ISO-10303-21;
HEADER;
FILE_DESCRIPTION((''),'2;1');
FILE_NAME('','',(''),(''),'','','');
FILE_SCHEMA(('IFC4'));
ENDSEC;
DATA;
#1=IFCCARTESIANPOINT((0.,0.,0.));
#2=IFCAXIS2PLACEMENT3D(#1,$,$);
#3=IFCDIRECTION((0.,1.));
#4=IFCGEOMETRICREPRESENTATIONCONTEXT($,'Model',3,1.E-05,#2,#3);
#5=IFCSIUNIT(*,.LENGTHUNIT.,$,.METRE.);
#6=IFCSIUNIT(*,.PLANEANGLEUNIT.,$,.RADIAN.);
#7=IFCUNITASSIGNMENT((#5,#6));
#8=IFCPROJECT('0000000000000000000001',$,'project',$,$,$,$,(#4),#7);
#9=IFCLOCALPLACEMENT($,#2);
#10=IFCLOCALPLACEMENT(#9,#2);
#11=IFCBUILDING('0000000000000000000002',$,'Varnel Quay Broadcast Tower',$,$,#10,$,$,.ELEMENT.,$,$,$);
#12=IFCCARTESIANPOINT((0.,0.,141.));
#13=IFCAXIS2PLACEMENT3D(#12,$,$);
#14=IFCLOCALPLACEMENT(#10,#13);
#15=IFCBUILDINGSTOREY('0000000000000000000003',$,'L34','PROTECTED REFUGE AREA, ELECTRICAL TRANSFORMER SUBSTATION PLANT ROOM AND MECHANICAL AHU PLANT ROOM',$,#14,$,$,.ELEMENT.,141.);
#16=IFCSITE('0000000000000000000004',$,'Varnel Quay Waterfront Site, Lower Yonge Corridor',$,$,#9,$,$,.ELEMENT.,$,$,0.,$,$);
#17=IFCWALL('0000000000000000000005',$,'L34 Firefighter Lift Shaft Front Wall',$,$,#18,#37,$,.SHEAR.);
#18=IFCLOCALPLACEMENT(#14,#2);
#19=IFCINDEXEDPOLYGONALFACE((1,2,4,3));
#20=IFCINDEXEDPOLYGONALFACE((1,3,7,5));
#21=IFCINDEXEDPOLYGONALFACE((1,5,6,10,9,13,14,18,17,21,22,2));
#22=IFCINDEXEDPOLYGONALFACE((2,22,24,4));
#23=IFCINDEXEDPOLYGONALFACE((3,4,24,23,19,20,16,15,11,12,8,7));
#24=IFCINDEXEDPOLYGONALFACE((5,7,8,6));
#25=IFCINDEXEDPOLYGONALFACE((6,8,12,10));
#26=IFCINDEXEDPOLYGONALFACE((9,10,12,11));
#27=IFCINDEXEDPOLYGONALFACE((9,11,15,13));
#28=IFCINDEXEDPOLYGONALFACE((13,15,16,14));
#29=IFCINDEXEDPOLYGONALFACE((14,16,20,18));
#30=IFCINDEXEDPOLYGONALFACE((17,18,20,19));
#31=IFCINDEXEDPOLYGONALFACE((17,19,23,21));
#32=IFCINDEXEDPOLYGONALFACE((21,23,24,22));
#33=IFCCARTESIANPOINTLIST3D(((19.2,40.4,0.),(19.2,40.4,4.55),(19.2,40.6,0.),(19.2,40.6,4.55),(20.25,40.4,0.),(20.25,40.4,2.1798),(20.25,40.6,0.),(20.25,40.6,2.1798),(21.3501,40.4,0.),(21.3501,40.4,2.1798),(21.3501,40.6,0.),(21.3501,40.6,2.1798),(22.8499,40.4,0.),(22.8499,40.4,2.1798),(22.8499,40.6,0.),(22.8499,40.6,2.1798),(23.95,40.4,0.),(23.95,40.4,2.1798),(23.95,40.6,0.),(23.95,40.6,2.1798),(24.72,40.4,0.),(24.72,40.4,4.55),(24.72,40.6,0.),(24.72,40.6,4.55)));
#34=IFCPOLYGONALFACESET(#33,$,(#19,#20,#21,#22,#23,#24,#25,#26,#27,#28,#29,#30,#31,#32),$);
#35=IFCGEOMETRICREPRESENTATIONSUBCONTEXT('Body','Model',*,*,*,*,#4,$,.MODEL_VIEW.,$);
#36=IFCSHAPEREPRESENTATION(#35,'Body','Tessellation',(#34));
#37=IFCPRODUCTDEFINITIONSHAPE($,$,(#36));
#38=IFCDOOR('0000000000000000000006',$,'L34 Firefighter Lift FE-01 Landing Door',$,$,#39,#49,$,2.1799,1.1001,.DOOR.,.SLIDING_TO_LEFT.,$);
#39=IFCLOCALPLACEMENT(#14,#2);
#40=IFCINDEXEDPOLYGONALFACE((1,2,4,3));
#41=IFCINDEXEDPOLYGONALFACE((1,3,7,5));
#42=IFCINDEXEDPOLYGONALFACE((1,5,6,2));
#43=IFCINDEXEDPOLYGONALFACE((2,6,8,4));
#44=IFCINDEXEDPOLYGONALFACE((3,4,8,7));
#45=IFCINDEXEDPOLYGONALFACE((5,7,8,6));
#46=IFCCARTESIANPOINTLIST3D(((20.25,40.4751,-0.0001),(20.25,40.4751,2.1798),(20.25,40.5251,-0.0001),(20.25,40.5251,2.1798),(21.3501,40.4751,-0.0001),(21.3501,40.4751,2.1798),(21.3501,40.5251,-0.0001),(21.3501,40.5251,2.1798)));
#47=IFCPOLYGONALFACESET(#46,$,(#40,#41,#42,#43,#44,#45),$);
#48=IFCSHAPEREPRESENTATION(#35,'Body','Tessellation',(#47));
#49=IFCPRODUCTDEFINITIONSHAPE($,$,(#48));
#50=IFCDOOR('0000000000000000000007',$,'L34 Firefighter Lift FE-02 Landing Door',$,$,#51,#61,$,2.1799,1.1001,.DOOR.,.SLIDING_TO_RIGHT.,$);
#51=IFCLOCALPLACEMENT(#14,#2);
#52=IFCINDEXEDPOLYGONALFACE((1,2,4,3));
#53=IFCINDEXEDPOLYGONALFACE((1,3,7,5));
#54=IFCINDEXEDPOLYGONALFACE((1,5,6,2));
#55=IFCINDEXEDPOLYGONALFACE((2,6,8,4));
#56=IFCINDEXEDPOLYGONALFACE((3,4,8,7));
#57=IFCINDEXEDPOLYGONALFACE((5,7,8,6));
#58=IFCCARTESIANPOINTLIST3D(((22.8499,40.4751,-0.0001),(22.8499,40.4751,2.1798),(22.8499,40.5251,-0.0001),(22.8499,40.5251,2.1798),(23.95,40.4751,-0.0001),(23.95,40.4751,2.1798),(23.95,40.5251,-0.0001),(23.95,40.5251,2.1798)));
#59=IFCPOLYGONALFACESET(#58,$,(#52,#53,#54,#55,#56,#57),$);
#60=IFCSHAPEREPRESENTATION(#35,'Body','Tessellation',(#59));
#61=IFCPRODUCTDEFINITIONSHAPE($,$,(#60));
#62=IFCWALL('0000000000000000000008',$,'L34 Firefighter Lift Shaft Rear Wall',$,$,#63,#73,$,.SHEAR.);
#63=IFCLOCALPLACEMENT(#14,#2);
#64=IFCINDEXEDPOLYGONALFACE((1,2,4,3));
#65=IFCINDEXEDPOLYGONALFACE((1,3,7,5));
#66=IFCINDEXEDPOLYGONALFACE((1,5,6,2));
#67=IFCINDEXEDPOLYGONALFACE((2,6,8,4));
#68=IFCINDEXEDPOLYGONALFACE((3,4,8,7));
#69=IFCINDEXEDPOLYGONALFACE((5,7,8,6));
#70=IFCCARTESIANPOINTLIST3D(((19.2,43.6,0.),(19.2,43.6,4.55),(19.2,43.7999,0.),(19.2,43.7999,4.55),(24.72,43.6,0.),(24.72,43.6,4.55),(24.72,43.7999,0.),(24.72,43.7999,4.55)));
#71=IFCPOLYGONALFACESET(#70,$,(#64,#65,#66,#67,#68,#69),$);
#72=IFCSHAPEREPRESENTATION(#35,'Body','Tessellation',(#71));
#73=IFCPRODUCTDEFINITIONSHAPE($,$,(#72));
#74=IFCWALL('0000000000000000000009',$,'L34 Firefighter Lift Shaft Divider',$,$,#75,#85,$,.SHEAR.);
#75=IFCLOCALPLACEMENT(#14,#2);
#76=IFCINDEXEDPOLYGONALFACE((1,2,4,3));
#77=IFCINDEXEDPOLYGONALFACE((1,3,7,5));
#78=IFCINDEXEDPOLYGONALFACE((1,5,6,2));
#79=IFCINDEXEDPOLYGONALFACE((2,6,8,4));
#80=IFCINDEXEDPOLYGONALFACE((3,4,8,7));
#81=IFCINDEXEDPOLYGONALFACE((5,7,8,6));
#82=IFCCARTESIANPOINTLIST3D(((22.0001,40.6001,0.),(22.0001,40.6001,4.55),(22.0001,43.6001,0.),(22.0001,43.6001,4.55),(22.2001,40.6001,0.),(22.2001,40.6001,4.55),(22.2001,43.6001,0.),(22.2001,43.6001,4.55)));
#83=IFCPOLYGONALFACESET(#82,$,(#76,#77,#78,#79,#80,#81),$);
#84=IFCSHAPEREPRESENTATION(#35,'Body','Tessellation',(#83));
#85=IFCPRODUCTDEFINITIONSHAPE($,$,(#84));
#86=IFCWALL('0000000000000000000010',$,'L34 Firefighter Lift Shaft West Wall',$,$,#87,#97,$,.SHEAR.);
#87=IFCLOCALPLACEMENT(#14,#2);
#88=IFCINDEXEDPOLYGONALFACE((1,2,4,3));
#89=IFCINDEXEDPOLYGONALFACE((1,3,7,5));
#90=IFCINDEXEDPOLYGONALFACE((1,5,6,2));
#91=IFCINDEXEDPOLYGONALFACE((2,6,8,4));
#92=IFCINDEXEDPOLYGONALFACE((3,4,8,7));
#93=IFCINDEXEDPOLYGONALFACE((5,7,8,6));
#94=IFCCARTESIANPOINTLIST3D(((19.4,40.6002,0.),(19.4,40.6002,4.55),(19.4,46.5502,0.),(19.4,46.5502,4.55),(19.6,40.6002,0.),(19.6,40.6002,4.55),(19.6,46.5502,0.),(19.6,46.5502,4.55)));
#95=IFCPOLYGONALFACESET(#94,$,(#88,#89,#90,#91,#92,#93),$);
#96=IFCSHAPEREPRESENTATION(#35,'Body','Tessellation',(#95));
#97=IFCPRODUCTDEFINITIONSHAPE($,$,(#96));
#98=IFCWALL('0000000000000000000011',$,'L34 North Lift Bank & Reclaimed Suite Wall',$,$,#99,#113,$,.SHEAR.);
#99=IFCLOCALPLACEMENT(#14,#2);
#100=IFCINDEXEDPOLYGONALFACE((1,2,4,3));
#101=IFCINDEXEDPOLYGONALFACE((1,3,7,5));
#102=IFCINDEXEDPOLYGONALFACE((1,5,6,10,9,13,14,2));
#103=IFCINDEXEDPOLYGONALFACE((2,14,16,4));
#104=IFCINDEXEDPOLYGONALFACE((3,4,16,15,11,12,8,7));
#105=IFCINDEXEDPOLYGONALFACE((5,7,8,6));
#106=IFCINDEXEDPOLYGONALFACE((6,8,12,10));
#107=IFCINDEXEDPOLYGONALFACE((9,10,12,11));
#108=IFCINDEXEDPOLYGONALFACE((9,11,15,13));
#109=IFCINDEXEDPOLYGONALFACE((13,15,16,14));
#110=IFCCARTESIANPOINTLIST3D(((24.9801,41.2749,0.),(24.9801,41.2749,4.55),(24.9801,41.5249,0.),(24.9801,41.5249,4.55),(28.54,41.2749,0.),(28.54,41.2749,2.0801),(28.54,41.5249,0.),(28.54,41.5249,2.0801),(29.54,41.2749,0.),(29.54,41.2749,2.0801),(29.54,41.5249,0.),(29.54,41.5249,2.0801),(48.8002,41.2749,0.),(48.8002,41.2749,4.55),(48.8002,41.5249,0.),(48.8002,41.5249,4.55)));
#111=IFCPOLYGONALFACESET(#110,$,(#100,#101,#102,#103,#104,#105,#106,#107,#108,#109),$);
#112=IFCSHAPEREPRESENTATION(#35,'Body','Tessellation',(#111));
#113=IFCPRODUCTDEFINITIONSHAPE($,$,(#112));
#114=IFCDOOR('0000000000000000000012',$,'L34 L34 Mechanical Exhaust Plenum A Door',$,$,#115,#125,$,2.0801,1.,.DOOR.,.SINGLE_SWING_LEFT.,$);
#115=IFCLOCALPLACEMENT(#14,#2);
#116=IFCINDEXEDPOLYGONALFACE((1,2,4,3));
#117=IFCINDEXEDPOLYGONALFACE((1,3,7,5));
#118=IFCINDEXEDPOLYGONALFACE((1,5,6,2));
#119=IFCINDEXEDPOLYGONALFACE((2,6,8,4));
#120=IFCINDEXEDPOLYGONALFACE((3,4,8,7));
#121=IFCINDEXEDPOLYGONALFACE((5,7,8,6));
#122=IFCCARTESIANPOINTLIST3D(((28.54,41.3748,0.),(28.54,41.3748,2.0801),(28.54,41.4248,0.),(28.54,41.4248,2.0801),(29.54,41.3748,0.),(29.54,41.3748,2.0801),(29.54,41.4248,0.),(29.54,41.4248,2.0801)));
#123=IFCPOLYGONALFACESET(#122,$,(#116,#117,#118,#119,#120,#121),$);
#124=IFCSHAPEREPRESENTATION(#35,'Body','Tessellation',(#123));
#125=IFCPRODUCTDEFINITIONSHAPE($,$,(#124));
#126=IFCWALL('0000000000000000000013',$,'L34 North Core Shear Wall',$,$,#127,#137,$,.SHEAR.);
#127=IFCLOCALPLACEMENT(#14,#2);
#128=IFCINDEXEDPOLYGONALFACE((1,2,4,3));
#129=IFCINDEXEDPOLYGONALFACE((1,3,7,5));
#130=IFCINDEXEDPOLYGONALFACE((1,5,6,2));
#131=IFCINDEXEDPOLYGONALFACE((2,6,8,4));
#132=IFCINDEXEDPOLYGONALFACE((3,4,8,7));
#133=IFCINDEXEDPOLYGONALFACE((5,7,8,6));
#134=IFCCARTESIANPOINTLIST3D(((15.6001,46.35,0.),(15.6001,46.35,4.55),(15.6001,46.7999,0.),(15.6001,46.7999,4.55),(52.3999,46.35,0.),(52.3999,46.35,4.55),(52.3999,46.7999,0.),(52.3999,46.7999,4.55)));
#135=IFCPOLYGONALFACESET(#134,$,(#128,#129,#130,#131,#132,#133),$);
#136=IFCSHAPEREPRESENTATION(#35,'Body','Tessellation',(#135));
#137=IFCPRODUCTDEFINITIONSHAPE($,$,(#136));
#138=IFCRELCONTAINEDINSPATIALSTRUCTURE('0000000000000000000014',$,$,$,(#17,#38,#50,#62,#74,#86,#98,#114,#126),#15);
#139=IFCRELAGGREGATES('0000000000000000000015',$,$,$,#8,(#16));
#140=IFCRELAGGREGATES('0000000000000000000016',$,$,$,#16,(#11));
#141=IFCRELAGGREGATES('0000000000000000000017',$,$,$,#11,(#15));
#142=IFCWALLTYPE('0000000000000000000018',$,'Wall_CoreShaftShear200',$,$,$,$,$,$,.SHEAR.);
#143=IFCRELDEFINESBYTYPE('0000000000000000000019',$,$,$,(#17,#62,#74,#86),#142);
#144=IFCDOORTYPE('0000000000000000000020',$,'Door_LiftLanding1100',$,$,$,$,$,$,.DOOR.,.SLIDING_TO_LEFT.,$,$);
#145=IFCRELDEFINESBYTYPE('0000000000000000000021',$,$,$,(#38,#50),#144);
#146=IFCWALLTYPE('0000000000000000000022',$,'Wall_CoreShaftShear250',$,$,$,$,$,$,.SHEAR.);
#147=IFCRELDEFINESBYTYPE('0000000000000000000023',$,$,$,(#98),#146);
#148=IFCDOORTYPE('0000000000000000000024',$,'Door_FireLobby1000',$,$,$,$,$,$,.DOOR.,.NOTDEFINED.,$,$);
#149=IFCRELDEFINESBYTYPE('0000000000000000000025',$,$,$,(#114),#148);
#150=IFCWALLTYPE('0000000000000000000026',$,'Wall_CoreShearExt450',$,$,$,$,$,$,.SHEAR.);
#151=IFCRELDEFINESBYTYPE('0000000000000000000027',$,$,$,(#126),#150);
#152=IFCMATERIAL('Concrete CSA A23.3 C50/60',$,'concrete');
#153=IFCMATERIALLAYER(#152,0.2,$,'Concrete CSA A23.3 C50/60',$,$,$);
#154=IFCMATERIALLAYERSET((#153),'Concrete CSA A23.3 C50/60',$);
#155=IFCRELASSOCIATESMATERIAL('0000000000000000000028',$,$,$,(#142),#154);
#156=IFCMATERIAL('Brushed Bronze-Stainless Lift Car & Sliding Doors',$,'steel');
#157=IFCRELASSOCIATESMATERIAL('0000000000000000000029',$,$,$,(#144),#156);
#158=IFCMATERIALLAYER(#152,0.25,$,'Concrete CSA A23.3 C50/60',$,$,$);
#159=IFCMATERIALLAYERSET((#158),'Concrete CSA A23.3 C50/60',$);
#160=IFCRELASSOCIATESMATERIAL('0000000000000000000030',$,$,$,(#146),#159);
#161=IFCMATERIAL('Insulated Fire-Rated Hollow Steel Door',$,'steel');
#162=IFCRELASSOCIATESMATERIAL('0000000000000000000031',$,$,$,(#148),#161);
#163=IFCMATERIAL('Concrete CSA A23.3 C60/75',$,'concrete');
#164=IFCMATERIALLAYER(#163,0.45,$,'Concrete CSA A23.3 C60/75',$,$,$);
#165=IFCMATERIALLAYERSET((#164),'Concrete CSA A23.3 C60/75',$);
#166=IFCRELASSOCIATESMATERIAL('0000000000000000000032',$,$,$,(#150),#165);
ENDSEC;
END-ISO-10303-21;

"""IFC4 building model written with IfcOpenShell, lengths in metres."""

from ifc_helpers import new_model, si_unit, direction, frame, frame_2d, origin, place, context, subcontext, project, spatial, rectangle, extrude, source, transform, mapped, material, layer, layer_set, type_object, type_shapes, element, fill, save


model = new_model("IFC4")

# Units and contexts
model_context = context("Model", 3, precision=1e-05, world=origin(), true_north=direction((0.0, 1.0)))
body_context = subcontext(model_context, "Body", "Model", "MODEL_VIEW")
ifc_project = project(units=[si_unit("LENGTHUNIT", "METRE"), si_unit("PLANEANGLEUNIT", "RADIAN")], contexts=[model_context])

# Site, building, storey
site_placement = place(None, origin())
site = spatial("IfcSite", under=ifc_project, at=site_placement, Name="Varnel Quay Waterfront Site, Lower Yonge Corridor", CompositionType="ELEMENT", RefElevation=0.0)
building_placement = place(site_placement, origin())
building = spatial("IfcBuilding", under=site, at=building_placement, Name="Varnel Quay Broadcast Tower", CompositionType="ELEMENT")
storey_placement = place(building_placement, frame((0.0, 0.0, 141.0)))
storey = spatial("IfcBuildingStorey", under=building, at=storey_placement, Name="L34", Description="PROTECTED REFUGE AREA, ELECTRICAL TRANSFORMER SUBSTATION PLANT ROOM AND MECHANICAL AHU PLANT ROOM", CompositionType="ELEMENT", Elevation=141.0)

# Shared definitions
ifc_material_1 = material(Name="Concrete CSA A23.3 C50/60", Category="concrete")
ifc_layer_1 = layer(ifc_material_1, 0.2, Name="Concrete CSA A23.3 C50/60")
ifc_layer_set_1 = layer_set([ifc_layer_1], Name="Concrete CSA A23.3 C50/60")
wall_type_1 = type_object("IfcWallType", Name="Wall_CoreShaftShear200", PredefinedType="SHEAR", material=ifc_layer_set_1)

# Wall, openings, doors
wall_1_placement = place(storey_placement, frame((19.2, 40.5, 0.0), z_axis=(0.0, 0.0, 1.0), x_axis=(1.0, 0.0, 0.0)))
wall_1 = element("IfcWall", 1, at=wall_1_placement, inside=storey, type_object=wall_type_1, Name="L34 Firefighter Lift Shaft Front Wall", PredefinedType="SHEAR", context=body_context, shape_type="SweptSolid", body=[
    extrude(rectangle(XDim=5.52, YDim=0.2, at=frame_2d((2.76, 0.0))), origin(), (0.0, 0.0, 1.0), 4.55),
])
opening_1_placement = place(wall_1_placement, frame((1.05, 0.0, 0.0)))
opening_1 = element("IfcOpeningElement", 2, at=opening_1_placement, cuts=wall_1, PredefinedType="OPENING", context=body_context, shape_type="SweptSolid", body=[
    extrude(rectangle(XDim=1.1001, YDim=2.1799, at=frame_2d((0.55, 1.0898))), frame((0.0, 0.1099, 0.0), z_axis=(0.0, -1.0, 0.0), x_axis=(1.0, 0.0, 0.0)), (0.0, 0.0, 1.0), 0.22),
])
opening_2_placement = place(wall_1_placement, frame((3.6499, 0.0, 0.0)))
opening_2 = element("IfcOpeningElement", 3, at=opening_2_placement, cuts=wall_1, PredefinedType="OPENING", context=body_context, shape_type="SweptSolid", body=[
    extrude(rectangle(XDim=1.1001, YDim=2.1799, at=frame_2d((0.55, 1.0898))), frame((0.0, 0.1099, 0.0), z_axis=(0.0, -1.0, 0.0), x_axis=(1.0, 0.0, 0.0)), (0.0, 0.0, 1.0), 0.22),
])
ifc_material_2 = material(Name="Brushed Bronze-Stainless Lift Car & Sliding Doors", Category="steel")
door_type_1 = type_object("IfcDoorType", Name="Door_LiftLanding1100", OperationType="SLIDING_TO_LEFT", PredefinedType="DOOR", material=ifc_material_2)
shared_shape_1 = source(origin(), body_context, "Body", "SweptSolid", [
    extrude(rectangle(XDim=1.1001, YDim=2.1799, at=frame_2d((0.55, 1.0898))), frame((0.0, 0.0249, 0.0), z_axis=(0.0, -1.0, 0.0), x_axis=(1.0, 0.0, 0.0)), (0.0, 0.0, 1.0), 0.05),
])
type_shapes(door_type_1, [shared_shape_1])
door_1_placement = place(opening_1_placement, frame((1.1001, 0.0, 0.0), z_axis=(0.0, 0.0, 1.0), x_axis=(-1.0, 0.0, 0.0)))
door_1 = element("IfcDoor", 4, at=door_1_placement, inside=storey, type_object=door_type_1, Name="L34 Firefighter Lift FE-01 Landing Door", OperationType="SLIDING_TO_LEFT", OverallHeight=2.1799, OverallWidth=1.1001, PredefinedType="DOOR", context=body_context, shape_type="MappedRepresentation", body=[
    mapped(shared_shape_1, transform((0.0, 0.0, 0.0), x_axis=(1.0, 0.0, 0.0), y_axis=(0.0, 1.0, 0.0), z_axis=(0.0, 0.0, 1.0), scale=1.0)),
])
fill(opening_1, door_1)
door_2_placement = place(opening_2_placement, frame((1.1001, 0.0, 0.0), z_axis=(0.0, 0.0, 1.0), x_axis=(-1.0, 0.0, 0.0)))
door_2 = element("IfcDoor", 5, at=door_2_placement, inside=storey, type_object=door_type_1, Name="L34 Firefighter Lift FE-02 Landing Door", OperationType="SLIDING_TO_RIGHT", OverallHeight=2.1799, OverallWidth=1.1001, PredefinedType="DOOR", context=body_context, shape_type="MappedRepresentation", body=[
    mapped(shared_shape_1, transform((0.0, 0.0, 0.0), x_axis=(1.0, 0.0, 0.0), y_axis=(0.0, 1.0, 0.0), z_axis=(0.0, 0.0, 1.0), scale=1.0)),
])
fill(opening_2, door_2)

# Walls
wall_2_placement = place(storey_placement, frame((19.2, 43.7, 0.0), z_axis=(0.0, 0.0, 1.0), x_axis=(1.0, 0.0, 0.0)))
element("IfcWall", 6, at=wall_2_placement, inside=storey, type_object=wall_type_1, Name="L34 Firefighter Lift Shaft Rear Wall", PredefinedType="SHEAR", context=body_context, shape_type="SweptSolid", body=[
    extrude(rectangle(XDim=5.52, YDim=0.2, at=frame_2d((2.76, 0.0))), origin(), (0.0, 0.0, 1.0), 4.55),
])
wall_3_placement = place(storey_placement, frame((22.1001, 40.6001, 0.0), z_axis=(0.0, 0.0, 1.0), x_axis=(0.0, 1.0, 0.0)))
element("IfcWall", 7, at=wall_3_placement, inside=storey, type_object=wall_type_1, Name="L34 Firefighter Lift Shaft Divider", PredefinedType="SHEAR", context=body_context, shape_type="SweptSolid", body=[
    extrude(rectangle(XDim=3.0, YDim=0.2, at=frame_2d((1.5, 0.0))), origin(), (0.0, 0.0, 1.0), 4.55),
])
wall_4_placement = place(storey_placement, frame((19.5, 40.6001, 0.0), z_axis=(0.0, 0.0, 1.0), x_axis=(0.0, 1.0, 0.0)))
element("IfcWall", 8, at=wall_4_placement, inside=storey, type_object=wall_type_1, Name="L34 Firefighter Lift Shaft West Wall", PredefinedType="SHEAR", context=body_context, shape_type="SweptSolid", body=[
    extrude(rectangle(XDim=5.95, YDim=0.2, at=frame_2d((2.9751, 0.0))), origin(), (0.0, 0.0, 1.0), 4.55),
])

# Wall, opening, door
ifc_layer_2 = layer(ifc_material_1, 0.25, Name="Concrete CSA A23.3 C50/60")
ifc_layer_set_2 = layer_set([ifc_layer_2], Name="Concrete CSA A23.3 C50/60")
wall_type_2 = type_object("IfcWallType", Name="Wall_CoreShaftShear250", PredefinedType="SHEAR", material=ifc_layer_set_2)
wall_5_placement = place(storey_placement, frame((24.98, 41.3999, 0.0), z_axis=(0.0, 0.0, 1.0), x_axis=(1.0, 0.0, 0.0)))
wall_5 = element("IfcWall", 9, at=wall_5_placement, inside=storey, type_object=wall_type_2, Name="L34 North Lift Bank & Reclaimed Suite Wall", PredefinedType="SHEAR", context=body_context, shape_type="SweptSolid", body=[
    extrude(rectangle(XDim=23.8201, YDim=0.25, at=frame_2d((11.9102, 0.0))), origin(), (0.0, 0.0, 1.0), 4.55),
])
opening_3_placement = place(wall_5_placement, frame((3.5601, 0.0, 0.0)))
opening_3 = element("IfcOpeningElement", 10, at=opening_3_placement, cuts=wall_5, PredefinedType="OPENING", context=body_context, shape_type="SweptSolid", body=[
    extrude(rectangle(XDim=1.0, YDim=2.0801, at=frame_2d((0.5, 1.04))), frame((0.0, 0.135, 0.0), z_axis=(0.0, -1.0, 0.0), x_axis=(1.0, 0.0, 0.0)), (0.0, 0.0, 1.0), 0.27),
])
ifc_material_3 = material(Name="Insulated Fire-Rated Hollow Steel Door", Category="steel")
door_type_2 = type_object("IfcDoorType", Name="Door_FireLobby1000", OperationType="NOTDEFINED", PredefinedType="DOOR", material=ifc_material_3)
shared_shape_2 = source(origin(), body_context, "Body", "SweptSolid", [
    extrude(rectangle(XDim=1.0, YDim=2.0801, at=frame_2d((0.5, 1.04))), frame((0.0, 0.0249, 0.0), z_axis=(0.0, -1.0, 0.0), x_axis=(1.0, 0.0, 0.0)), (0.0, 0.0, 1.0), 0.05),
])
type_shapes(door_type_2, [shared_shape_2])
door_3_placement = place(opening_3_placement, origin())
door_3 = element("IfcDoor", 11, at=door_3_placement, inside=storey, type_object=door_type_2, Name="L34 L34 Mechanical Exhaust Plenum A Door", OperationType="SINGLE_SWING_LEFT", OverallHeight=2.0801, OverallWidth=1.0, PredefinedType="DOOR", context=body_context, shape_type="MappedRepresentation", body=[
    mapped(shared_shape_2, transform((0.0, 0.0, 0.0), x_axis=(1.0, 0.0, 0.0), y_axis=(0.0, 1.0, 0.0), z_axis=(0.0, 0.0, 1.0), scale=1.0)),
])
fill(opening_3, door_3)

# Wall
ifc_material_4 = material(Name="Concrete CSA A23.3 C60/75", Category="concrete")
ifc_layer_3 = layer(ifc_material_4, 0.45, Name="Concrete CSA A23.3 C60/75")
ifc_layer_set_3 = layer_set([ifc_layer_3], Name="Concrete CSA A23.3 C60/75")
wall_type_3 = type_object("IfcWallType", Name="Wall_CoreShearExt450", PredefinedType="SHEAR", material=ifc_layer_set_3)
wall_6_placement = place(storey_placement, frame((15.6001, 46.575, 0.0), z_axis=(0.0, 0.0, 1.0), x_axis=(1.0, 0.0, 0.0)))
element("IfcWall", 12, at=wall_6_placement, inside=storey, type_object=wall_type_3, Name="L34 North Core Shear Wall", PredefinedType="SHEAR", context=body_context, shape_type="SweptSolid", body=[
    extrude(rectangle(XDim=36.7998, YDim=0.45, at=frame_2d((18.3999, 0.0))), origin(), (0.0, 0.0, 1.0), 4.55),
])

save(model, "model.ifc")
